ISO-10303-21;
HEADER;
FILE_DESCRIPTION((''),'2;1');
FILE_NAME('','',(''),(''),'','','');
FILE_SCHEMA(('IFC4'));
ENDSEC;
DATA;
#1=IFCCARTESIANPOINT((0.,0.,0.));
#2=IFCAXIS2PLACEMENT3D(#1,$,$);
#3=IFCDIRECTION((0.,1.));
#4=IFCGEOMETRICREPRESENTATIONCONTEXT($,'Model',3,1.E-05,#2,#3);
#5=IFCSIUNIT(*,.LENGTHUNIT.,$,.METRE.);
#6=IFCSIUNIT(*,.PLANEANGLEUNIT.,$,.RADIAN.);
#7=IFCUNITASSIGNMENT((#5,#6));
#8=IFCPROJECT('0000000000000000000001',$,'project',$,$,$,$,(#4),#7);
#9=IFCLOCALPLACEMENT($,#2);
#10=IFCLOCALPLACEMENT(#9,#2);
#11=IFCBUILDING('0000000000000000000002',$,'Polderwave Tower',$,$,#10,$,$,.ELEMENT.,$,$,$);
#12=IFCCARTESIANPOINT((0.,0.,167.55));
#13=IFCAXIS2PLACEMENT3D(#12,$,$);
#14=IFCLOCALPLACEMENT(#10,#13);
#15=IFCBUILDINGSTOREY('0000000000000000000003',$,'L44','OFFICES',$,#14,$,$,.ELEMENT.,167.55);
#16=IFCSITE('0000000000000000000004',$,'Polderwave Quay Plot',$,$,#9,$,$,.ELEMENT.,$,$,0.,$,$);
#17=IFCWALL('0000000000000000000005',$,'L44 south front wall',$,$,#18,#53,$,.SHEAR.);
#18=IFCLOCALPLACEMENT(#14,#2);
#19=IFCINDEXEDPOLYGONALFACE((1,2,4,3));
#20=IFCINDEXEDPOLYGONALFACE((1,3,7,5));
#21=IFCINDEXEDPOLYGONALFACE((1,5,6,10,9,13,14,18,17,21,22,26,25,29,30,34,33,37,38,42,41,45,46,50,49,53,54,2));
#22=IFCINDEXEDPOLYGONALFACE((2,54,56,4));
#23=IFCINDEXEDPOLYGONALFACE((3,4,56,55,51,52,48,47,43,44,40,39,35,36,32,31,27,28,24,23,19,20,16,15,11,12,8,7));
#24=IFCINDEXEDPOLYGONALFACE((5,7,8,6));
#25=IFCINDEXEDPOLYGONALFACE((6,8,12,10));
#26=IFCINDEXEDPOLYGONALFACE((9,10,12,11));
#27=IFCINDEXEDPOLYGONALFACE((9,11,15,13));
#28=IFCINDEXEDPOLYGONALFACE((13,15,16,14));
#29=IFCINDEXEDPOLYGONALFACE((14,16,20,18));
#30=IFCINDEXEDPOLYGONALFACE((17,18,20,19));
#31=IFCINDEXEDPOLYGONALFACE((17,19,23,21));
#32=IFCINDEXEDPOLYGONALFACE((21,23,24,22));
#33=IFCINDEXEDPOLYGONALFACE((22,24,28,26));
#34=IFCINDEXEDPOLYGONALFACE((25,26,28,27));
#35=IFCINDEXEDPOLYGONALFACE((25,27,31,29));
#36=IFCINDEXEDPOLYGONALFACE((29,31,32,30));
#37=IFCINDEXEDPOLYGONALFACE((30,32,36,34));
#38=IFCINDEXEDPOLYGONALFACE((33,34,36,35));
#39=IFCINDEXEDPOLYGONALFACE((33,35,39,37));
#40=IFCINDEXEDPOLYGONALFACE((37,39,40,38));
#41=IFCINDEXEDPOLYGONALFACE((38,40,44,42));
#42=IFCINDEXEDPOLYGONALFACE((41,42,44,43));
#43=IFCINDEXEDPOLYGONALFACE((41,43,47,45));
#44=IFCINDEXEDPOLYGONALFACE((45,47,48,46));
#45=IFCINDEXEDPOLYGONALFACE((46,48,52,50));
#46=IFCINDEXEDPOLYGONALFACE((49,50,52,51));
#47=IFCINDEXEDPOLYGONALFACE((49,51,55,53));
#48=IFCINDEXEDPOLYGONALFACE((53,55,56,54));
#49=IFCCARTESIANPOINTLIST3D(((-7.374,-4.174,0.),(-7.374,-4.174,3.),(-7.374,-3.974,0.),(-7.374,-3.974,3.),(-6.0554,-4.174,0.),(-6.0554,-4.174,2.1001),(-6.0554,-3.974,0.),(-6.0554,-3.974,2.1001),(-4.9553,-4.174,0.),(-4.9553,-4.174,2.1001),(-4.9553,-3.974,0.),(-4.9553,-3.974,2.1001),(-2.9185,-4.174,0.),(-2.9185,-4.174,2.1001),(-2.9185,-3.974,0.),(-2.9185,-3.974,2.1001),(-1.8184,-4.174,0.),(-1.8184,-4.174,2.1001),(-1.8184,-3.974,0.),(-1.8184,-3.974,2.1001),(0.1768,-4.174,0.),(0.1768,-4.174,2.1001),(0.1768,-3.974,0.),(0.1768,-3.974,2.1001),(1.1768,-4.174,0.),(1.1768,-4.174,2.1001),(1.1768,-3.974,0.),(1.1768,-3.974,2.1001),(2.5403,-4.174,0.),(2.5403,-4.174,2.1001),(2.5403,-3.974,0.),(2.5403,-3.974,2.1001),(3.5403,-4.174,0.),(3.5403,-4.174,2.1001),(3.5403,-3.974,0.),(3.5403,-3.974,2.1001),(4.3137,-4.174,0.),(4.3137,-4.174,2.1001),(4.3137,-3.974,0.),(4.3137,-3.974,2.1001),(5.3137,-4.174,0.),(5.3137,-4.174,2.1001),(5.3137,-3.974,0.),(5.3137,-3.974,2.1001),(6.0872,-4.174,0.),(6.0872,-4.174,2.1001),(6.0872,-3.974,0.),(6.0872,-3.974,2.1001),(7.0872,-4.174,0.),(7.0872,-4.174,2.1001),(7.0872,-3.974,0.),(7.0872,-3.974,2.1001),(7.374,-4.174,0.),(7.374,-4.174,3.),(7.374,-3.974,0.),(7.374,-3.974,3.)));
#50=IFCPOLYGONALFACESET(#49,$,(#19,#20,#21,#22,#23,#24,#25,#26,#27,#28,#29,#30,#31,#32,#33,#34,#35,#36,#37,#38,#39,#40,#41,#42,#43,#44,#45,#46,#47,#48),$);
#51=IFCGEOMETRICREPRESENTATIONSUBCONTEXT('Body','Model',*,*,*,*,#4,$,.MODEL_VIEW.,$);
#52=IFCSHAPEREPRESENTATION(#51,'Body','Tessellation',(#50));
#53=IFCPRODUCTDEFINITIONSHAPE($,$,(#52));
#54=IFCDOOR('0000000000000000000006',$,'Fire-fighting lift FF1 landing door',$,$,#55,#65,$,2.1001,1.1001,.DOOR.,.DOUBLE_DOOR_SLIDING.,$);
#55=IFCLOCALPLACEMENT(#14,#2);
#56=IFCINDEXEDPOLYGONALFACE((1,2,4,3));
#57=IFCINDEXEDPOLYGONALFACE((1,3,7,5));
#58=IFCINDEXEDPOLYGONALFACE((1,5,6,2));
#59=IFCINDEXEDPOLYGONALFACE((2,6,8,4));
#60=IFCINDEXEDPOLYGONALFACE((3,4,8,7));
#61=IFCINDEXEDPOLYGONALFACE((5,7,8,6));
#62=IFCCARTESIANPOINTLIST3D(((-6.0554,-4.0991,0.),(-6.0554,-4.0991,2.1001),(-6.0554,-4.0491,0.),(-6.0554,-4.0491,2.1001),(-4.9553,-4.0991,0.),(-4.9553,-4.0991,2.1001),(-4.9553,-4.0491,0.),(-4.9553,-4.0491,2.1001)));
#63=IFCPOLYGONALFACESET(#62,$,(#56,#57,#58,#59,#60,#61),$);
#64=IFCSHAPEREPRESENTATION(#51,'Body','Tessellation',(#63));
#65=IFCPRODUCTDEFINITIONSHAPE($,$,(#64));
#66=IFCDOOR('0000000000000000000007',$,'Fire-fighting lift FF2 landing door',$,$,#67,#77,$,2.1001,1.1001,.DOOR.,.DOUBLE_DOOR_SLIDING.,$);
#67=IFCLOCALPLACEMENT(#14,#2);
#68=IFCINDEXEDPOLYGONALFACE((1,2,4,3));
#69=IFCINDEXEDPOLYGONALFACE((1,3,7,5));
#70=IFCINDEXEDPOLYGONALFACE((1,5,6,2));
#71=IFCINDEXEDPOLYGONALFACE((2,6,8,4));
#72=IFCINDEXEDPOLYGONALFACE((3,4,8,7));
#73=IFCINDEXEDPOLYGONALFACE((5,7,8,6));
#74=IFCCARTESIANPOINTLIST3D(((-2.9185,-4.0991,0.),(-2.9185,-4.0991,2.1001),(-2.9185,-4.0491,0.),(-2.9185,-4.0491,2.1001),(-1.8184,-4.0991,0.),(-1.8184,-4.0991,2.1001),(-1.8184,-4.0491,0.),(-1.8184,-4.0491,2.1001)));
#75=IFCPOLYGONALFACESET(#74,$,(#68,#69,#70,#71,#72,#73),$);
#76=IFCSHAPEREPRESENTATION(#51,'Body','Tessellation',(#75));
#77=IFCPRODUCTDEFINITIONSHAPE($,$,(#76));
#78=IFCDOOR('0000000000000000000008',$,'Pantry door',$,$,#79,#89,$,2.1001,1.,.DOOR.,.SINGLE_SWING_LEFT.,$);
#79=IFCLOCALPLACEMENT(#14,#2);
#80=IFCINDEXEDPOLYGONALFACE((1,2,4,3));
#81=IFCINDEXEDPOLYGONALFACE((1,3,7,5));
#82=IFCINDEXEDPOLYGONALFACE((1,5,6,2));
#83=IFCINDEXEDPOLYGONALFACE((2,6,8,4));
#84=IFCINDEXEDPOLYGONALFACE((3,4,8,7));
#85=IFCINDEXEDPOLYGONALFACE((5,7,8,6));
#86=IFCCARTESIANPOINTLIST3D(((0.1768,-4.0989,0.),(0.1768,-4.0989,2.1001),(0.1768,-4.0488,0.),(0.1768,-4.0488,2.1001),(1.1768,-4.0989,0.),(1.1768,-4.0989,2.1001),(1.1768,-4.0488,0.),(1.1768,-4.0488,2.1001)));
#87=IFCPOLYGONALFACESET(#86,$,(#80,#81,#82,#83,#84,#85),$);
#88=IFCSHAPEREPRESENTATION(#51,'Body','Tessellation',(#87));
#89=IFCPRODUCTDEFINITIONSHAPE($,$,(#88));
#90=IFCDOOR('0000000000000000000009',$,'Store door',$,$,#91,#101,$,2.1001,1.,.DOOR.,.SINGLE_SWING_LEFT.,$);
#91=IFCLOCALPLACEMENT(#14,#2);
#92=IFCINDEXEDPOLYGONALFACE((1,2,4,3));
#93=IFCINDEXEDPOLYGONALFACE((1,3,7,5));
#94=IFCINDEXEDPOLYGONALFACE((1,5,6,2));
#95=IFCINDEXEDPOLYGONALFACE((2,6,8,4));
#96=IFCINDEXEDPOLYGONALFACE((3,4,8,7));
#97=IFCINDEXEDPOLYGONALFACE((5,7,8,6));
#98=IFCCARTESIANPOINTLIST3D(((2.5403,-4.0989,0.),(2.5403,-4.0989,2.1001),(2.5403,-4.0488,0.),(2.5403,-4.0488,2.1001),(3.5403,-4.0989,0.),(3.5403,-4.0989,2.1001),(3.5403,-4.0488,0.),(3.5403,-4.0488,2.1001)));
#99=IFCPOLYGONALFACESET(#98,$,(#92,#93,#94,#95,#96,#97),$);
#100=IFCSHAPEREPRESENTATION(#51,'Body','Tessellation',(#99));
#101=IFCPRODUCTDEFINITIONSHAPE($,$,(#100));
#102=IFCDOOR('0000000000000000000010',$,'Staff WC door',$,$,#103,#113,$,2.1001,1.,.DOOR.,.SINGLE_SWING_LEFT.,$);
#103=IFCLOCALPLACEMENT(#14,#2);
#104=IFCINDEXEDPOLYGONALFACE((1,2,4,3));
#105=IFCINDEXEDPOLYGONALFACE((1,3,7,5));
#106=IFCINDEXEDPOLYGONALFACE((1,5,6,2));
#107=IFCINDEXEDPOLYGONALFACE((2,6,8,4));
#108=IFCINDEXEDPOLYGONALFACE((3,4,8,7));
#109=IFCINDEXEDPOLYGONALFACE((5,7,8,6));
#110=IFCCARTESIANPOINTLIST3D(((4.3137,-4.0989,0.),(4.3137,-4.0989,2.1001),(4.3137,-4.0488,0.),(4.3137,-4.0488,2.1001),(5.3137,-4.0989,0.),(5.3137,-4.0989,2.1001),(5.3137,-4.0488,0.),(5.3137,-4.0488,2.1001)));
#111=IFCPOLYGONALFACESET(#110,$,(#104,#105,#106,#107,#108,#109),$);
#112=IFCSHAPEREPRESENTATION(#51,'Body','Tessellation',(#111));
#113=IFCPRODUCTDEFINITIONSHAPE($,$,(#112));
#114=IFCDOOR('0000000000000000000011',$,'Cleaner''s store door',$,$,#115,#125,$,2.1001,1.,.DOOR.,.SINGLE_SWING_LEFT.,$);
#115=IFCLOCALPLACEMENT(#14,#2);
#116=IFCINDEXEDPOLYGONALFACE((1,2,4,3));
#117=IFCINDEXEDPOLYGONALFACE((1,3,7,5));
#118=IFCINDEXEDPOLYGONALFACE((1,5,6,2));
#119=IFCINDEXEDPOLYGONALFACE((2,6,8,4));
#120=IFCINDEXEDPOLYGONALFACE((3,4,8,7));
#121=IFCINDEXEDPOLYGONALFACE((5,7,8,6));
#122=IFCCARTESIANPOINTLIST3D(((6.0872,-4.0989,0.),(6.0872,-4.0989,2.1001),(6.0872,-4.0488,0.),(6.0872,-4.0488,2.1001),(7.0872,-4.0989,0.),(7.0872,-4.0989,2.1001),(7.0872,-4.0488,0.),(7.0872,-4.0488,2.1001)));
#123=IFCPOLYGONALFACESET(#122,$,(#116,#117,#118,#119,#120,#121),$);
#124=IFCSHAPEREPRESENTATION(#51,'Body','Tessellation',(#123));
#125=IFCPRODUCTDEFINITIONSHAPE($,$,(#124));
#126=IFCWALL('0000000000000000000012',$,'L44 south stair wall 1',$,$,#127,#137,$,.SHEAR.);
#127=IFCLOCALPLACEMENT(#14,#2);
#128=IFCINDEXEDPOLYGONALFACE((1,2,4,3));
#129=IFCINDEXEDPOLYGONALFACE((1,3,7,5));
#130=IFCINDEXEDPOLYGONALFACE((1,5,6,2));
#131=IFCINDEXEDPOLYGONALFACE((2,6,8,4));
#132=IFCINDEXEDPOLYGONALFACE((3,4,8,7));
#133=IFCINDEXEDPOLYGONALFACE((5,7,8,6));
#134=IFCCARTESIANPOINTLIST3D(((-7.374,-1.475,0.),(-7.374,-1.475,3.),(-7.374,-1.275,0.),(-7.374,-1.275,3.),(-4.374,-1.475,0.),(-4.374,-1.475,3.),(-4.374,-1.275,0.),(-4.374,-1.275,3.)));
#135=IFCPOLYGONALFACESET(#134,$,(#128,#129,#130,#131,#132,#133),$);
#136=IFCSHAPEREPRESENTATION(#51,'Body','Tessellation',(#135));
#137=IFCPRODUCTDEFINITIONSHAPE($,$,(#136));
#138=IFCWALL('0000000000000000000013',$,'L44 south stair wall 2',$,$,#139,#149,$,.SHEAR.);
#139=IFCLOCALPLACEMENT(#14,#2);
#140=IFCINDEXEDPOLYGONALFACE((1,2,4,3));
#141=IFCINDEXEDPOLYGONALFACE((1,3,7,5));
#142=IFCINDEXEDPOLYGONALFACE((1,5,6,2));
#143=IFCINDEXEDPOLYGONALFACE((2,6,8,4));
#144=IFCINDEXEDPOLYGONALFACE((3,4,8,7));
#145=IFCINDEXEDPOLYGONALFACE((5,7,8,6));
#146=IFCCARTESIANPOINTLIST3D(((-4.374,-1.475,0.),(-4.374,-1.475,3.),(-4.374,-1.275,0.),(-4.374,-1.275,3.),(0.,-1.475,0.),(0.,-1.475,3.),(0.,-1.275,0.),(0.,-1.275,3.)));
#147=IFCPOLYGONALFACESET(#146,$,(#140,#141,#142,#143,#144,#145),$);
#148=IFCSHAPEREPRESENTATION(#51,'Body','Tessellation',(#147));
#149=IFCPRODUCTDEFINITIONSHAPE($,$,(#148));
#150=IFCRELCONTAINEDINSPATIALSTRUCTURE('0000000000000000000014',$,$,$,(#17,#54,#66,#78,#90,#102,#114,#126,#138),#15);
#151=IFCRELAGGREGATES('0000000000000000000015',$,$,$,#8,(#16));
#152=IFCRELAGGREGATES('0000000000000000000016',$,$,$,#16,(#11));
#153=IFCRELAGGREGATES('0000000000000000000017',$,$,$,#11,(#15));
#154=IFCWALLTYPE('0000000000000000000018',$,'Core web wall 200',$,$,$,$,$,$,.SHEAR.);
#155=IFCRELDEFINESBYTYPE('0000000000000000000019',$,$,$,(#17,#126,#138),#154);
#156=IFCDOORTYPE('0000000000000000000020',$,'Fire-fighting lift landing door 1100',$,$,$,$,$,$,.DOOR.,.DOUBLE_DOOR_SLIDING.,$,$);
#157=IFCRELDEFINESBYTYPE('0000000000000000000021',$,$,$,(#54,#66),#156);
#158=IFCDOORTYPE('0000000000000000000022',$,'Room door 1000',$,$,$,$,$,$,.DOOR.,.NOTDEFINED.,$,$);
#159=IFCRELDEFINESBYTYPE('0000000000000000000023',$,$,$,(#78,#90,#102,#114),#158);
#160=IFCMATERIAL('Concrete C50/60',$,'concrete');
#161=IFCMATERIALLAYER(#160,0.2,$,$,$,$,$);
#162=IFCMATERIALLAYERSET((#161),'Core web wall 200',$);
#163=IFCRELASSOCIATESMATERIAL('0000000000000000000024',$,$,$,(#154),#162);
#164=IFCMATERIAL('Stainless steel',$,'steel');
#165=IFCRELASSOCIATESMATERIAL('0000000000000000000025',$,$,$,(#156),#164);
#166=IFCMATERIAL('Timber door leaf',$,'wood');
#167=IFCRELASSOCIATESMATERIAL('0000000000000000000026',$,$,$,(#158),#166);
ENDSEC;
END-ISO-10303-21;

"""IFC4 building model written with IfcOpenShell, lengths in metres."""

from ifc_helpers import new_model, si_unit, direction, frame, frame_2d, origin, place, context, subcontext, project, spatial, rectangle, extrude, material, layer, layer_set, type_object, element, fill, save


model = new_model("IFC4")

# Units and contexts
model_context = context("Model", 3, precision=1e-05, world=origin(), true_north=direction((0.0, 1.0)))
body_context = subcontext(model_context, "Body", "Model", "MODEL_VIEW")
ifc_project = project(units=[si_unit("LENGTHUNIT", "METRE"), si_unit("PLANEANGLEUNIT", "RADIAN")], contexts=[model_context])

# Site, building, storey
site_placement = place(None, origin())
site = spatial("IfcSite", under=ifc_project, at=site_placement, Name="Polderwave Quay Plot", CompositionType="ELEMENT", RefElevation=0.0)
building_placement = place(site_placement, origin())
building = spatial("IfcBuilding", under=site, at=building_placement, Name="Polderwave Tower", CompositionType="ELEMENT")
storey_placement = place(building_placement, frame((0.0, 0.0, 167.55)))
storey = spatial("IfcBuildingStorey", under=building, at=storey_placement, Name="L44", Description="OFFICES", CompositionType="ELEMENT", Elevation=167.55)

# Wall, openings, doors
ifc_material_1 = material(Name="Concrete C50/60", Category="concrete")
ifc_layer_1 = layer(ifc_material_1, 0.2)
ifc_layer_set_1 = layer_set([ifc_layer_1], Name="Core web wall 200")
wall_type_1 = type_object("IfcWallType", Name="Core web wall 200", PredefinedType="SHEAR", material=ifc_layer_set_1)
wall_1_placement = place(storey_placement, frame((-7.374, -4.074, 0.0), z_axis=(0.0, 0.0, 1.0), x_axis=(1.0, 0.0, 0.0)))
wall_1 = element("IfcWall", 1, at=wall_1_placement, inside=storey, type_object=wall_type_1, Name="L44 south front wall", PredefinedType="SHEAR", context=body_context, shape_type="SweptSolid", body=[
    extrude(rectangle(XDim=14.748, YDim=0.2, at=frame_2d((7.374, 0.0))), origin(), (0.0, 0.0, 1.0), 3.0),
])
opening_1_placement = place(wall_1_placement, frame((1.3186, 0.0, 0.0)))
opening_1 = element("IfcOpeningElement", 2, at=opening_1_placement, cuts=wall_1, PredefinedType="OPENING", context=body_context, shape_type="SweptSolid", body=[
    extrude(rectangle(XDim=1.1001, YDim=2.1001, at=frame_2d((0.55, 1.05))), frame((0.0, 0.1099, 0.0), z_axis=(0.0, -1.0, 0.0), x_axis=(1.0, 0.0, 0.0)), (0.0, 0.0, 1.0), 0.22),
])
opening_2_placement = place(wall_1_placement, frame((4.4556, 0.0, 0.0)))
opening_2 = element("IfcOpeningElement", 3, at=opening_2_placement, cuts=wall_1, PredefinedType="OPENING", context=body_context, shape_type="SweptSolid", body=[
    extrude(rectangle(XDim=1.1001, YDim=2.1001, at=frame_2d((0.55, 1.05))), frame((0.0, 0.1099, 0.0), z_axis=(0.0, -1.0, 0.0), x_axis=(1.0, 0.0, 0.0)), (0.0, 0.0, 1.0), 0.22),
])
opening_3_placement = place(wall_1_placement, frame((7.5508, 0.0, 0.0)))
opening_3 = element("IfcOpeningElement", 4, at=opening_3_placement, cuts=wall_1, PredefinedType="OPENING", context=body_context, shape_type="SweptSolid", body=[
    extrude(rectangle(XDim=1.0, YDim=2.1001, at=frame_2d((0.5, 1.05))), frame((0.0, 0.1099, 0.0), z_axis=(0.0, -1.0, 0.0), x_axis=(1.0, 0.0, 0.0)), (0.0, 0.0, 1.0), 0.22),
])
opening_4_placement = place(wall_1_placement, frame((9.9143, 0.0, 0.0)))
opening_4 = element("IfcOpeningElement", 5, at=opening_4_placement, cuts=wall_1, PredefinedType="OPENING", context=body_context, shape_type="SweptSolid", body=[
    extrude(rectangle(XDim=1.0, YDim=2.1001, at=frame_2d((0.5, 1.05))), frame((0.0, 0.1099, 0.0), z_axis=(0.0, -1.0, 0.0), x_axis=(1.0, 0.0, 0.0)), (0.0, 0.0, 1.0), 0.22),
])
opening_5_placement = place(wall_1_placement, frame((11.6877, 0.0, 0.0)))
opening_5 = element("IfcOpeningElement", 6, at=opening_5_placement, cuts=wall_1, PredefinedType="OPENING", context=body_context, shape_type="SweptSolid", body=[
    extrude(rectangle(XDim=1.0, YDim=2.1001, at=frame_2d((0.5, 1.05))), frame((0.0, 0.1099, 0.0), z_axis=(0.0, -1.0, 0.0), x_axis=(1.0, 0.0, 0.0)), (0.0, 0.0, 1.0), 0.22),
])
opening_6_placement = place(wall_1_placement, frame((13.4612, 0.0, 0.0)))
opening_6 = element("IfcOpeningElement", 7, at=opening_6_placement, cuts=wall_1, PredefinedType="OPENING", context=body_context, shape_type="SweptSolid", body=[
    extrude(rectangle(XDim=1.0, YDim=2.1001, at=frame_2d((0.5, 1.05))), frame((0.0, 0.1099, 0.0), z_axis=(0.0, -1.0, 0.0), x_axis=(1.0, 0.0, 0.0)), (0.0, 0.0, 1.0), 0.22),
])
ifc_material_2 = material(Name="Stainless steel", Category="steel")
door_type_1 = type_object("IfcDoorType", Name="Fire-fighting lift landing door 1100", OperationType="DOUBLE_DOOR_SLIDING", PredefinedType="DOOR", material=ifc_material_2)
door_1_placement = place(opening_1_placement, origin())
door_1 = element("IfcDoor", 8, at=door_1_placement, inside=storey, type_object=door_type_1, Name="Fire-fighting lift FF1 landing door", OperationType="DOUBLE_DOOR_SLIDING", OverallHeight=2.1001, OverallWidth=1.1001, PredefinedType="DOOR", context=body_context, shape_type="SweptSolid", body=[
    extrude(rectangle(XDim=1.1001, YDim=2.1001, at=frame_2d((0.55, 1.05))), frame((0.0, 0.0249, 0.0), z_axis=(0.0, -1.0, 0.0), x_axis=(1.0, 0.0, 0.0)), (0.0, 0.0, 1.0), 0.05),
])
fill(opening_1, door_1)
door_2_placement = place(opening_2_placement, origin())
door_2 = element("IfcDoor", 9, at=door_2_placement, inside=storey, type_object=door_type_1, Name="Fire-fighting lift FF2 landing door", OperationType="DOUBLE_DOOR_SLIDING", OverallHeight=2.1001, OverallWidth=1.1001, PredefinedType="DOOR", context=body_context, shape_type="SweptSolid", body=[
    extrude(rectangle(XDim=1.1001, YDim=2.1001, at=frame_2d((0.55, 1.05))), frame((0.0, 0.0249, 0.0), z_axis=(0.0, -1.0, 0.0), x_axis=(1.0, 0.0, 0.0)), (0.0, 0.0, 1.0), 0.05),
])
fill(opening_2, door_2)
ifc_material_3 = material(Name="Timber door leaf", Category="wood")
door_type_2 = type_object("IfcDoorType", Name="Room door 1000", OperationType="NOTDEFINED", PredefinedType="DOOR", material=ifc_material_3)
door_3_placement = place(opening_3_placement, frame((1.0, 0.0, 0.0), z_axis=(0.0, 0.0, 1.0), x_axis=(-1.0, 0.0, 0.0)))
door_3 = element("IfcDoor", 10, at=door_3_placement, inside=storey, type_object=door_type_2, Name="Pantry door", OperationType="SINGLE_SWING_LEFT", OverallHeight=2.1001, OverallWidth=1.0, PredefinedType="DOOR", context=body_context, shape_type="SweptSolid", body=[
    extrude(rectangle(XDim=1.0, YDim=2.1001, at=frame_2d((0.5, 1.05))), frame((0.0, 0.0249, 0.0), z_axis=(0.0, -1.0, 0.0), x_axis=(1.0, 0.0, 0.0)), (0.0, 0.0, 1.0), 0.05),
])
fill(opening_3, door_3)
door_4_placement = place(opening_4_placement, frame((1.0, 0.0, 0.0), z_axis=(0.0, 0.0, 1.0), x_axis=(-1.0, 0.0, 0.0)))
door_4 = element("IfcDoor", 11, at=door_4_placement, inside=storey, type_object=door_type_2, Name="Store door", OperationType="SINGLE_SWING_LEFT", OverallHeight=2.1001, OverallWidth=1.0, PredefinedType="DOOR", context=body_context, shape_type="SweptSolid", body=[
    extrude(rectangle(XDim=1.0, YDim=2.1001, at=frame_2d((0.5, 1.05))), frame((0.0, 0.0249, 0.0), z_axis=(0.0, -1.0, 0.0), x_axis=(1.0, 0.0, 0.0)), (0.0, 0.0, 1.0), 0.05),
])
fill(opening_4, door_4)
door_5_placement = place(opening_5_placement, frame((1.0, 0.0, 0.0), z_axis=(0.0, 0.0, 1.0), x_axis=(-1.0, 0.0, 0.0)))
door_5 = element("IfcDoor", 12, at=door_5_placement, inside=storey, type_object=door_type_2, Name="Staff WC door", OperationType="SINGLE_SWING_LEFT", OverallHeight=2.1001, OverallWidth=1.0, PredefinedType="DOOR", context=body_context, shape_type="SweptSolid", body=[
    extrude(rectangle(XDim=1.0, YDim=2.1001, at=frame_2d((0.5, 1.05))), frame((0.0, 0.0249, 0.0), z_axis=(0.0, -1.0, 0.0), x_axis=(1.0, 0.0, 0.0)), (0.0, 0.0, 1.0), 0.05),
])
fill(opening_5, door_5)
door_6_placement = place(opening_6_placement, frame((1.0, 0.0, 0.0), z_axis=(0.0, 0.0, 1.0), x_axis=(-1.0, 0.0, 0.0)))
door_6 = element("IfcDoor", 13, at=door_6_placement, inside=storey, type_object=door_type_2, Name="Cleaner's store door", OperationType="SINGLE_SWING_LEFT", OverallHeight=2.1001, OverallWidth=1.0, PredefinedType="DOOR", context=body_context, shape_type="SweptSolid", body=[
    extrude(rectangle(XDim=1.0, YDim=2.1001, at=frame_2d((0.5, 1.05))), frame((0.0, 0.0249, 0.0), z_axis=(0.0, -1.0, 0.0), x_axis=(1.0, 0.0, 0.0)), (0.0, 0.0, 1.0), 0.05),
])
fill(opening_6, door_6)

# Walls
wall_2_placement = place(storey_placement, frame((-7.374, -1.375, 0.0), z_axis=(0.0, 0.0, 1.0), x_axis=(1.0, 0.0, 0.0)))
element("IfcWall", 14, at=wall_2_placement, inside=storey, type_object=wall_type_1, Name="L44 south stair wall 1", PredefinedType="SHEAR", context=body_context, shape_type="SweptSolid", body=[
    extrude(rectangle(XDim=3.0, YDim=0.2, at=frame_2d((1.5, 0.0))), origin(), (0.0, 0.0, 1.0), 3.0),
])
wall_3_placement = place(storey_placement, frame((-4.374, -1.375, 0.0), z_axis=(0.0, 0.0, 1.0), x_axis=(1.0, 0.0, 0.0)))
element("IfcWall", 15, at=wall_3_placement, inside=storey, type_object=wall_type_1, Name="L44 south stair wall 2", PredefinedType="SHEAR", context=body_context, shape_type="SweptSolid", body=[
    extrude(rectangle(XDim=4.374, YDim=0.2, at=frame_2d((2.187, 0.0))), origin(), (0.0, 0.0, 1.0), 3.0),
])

save(model, "model.ifc")
